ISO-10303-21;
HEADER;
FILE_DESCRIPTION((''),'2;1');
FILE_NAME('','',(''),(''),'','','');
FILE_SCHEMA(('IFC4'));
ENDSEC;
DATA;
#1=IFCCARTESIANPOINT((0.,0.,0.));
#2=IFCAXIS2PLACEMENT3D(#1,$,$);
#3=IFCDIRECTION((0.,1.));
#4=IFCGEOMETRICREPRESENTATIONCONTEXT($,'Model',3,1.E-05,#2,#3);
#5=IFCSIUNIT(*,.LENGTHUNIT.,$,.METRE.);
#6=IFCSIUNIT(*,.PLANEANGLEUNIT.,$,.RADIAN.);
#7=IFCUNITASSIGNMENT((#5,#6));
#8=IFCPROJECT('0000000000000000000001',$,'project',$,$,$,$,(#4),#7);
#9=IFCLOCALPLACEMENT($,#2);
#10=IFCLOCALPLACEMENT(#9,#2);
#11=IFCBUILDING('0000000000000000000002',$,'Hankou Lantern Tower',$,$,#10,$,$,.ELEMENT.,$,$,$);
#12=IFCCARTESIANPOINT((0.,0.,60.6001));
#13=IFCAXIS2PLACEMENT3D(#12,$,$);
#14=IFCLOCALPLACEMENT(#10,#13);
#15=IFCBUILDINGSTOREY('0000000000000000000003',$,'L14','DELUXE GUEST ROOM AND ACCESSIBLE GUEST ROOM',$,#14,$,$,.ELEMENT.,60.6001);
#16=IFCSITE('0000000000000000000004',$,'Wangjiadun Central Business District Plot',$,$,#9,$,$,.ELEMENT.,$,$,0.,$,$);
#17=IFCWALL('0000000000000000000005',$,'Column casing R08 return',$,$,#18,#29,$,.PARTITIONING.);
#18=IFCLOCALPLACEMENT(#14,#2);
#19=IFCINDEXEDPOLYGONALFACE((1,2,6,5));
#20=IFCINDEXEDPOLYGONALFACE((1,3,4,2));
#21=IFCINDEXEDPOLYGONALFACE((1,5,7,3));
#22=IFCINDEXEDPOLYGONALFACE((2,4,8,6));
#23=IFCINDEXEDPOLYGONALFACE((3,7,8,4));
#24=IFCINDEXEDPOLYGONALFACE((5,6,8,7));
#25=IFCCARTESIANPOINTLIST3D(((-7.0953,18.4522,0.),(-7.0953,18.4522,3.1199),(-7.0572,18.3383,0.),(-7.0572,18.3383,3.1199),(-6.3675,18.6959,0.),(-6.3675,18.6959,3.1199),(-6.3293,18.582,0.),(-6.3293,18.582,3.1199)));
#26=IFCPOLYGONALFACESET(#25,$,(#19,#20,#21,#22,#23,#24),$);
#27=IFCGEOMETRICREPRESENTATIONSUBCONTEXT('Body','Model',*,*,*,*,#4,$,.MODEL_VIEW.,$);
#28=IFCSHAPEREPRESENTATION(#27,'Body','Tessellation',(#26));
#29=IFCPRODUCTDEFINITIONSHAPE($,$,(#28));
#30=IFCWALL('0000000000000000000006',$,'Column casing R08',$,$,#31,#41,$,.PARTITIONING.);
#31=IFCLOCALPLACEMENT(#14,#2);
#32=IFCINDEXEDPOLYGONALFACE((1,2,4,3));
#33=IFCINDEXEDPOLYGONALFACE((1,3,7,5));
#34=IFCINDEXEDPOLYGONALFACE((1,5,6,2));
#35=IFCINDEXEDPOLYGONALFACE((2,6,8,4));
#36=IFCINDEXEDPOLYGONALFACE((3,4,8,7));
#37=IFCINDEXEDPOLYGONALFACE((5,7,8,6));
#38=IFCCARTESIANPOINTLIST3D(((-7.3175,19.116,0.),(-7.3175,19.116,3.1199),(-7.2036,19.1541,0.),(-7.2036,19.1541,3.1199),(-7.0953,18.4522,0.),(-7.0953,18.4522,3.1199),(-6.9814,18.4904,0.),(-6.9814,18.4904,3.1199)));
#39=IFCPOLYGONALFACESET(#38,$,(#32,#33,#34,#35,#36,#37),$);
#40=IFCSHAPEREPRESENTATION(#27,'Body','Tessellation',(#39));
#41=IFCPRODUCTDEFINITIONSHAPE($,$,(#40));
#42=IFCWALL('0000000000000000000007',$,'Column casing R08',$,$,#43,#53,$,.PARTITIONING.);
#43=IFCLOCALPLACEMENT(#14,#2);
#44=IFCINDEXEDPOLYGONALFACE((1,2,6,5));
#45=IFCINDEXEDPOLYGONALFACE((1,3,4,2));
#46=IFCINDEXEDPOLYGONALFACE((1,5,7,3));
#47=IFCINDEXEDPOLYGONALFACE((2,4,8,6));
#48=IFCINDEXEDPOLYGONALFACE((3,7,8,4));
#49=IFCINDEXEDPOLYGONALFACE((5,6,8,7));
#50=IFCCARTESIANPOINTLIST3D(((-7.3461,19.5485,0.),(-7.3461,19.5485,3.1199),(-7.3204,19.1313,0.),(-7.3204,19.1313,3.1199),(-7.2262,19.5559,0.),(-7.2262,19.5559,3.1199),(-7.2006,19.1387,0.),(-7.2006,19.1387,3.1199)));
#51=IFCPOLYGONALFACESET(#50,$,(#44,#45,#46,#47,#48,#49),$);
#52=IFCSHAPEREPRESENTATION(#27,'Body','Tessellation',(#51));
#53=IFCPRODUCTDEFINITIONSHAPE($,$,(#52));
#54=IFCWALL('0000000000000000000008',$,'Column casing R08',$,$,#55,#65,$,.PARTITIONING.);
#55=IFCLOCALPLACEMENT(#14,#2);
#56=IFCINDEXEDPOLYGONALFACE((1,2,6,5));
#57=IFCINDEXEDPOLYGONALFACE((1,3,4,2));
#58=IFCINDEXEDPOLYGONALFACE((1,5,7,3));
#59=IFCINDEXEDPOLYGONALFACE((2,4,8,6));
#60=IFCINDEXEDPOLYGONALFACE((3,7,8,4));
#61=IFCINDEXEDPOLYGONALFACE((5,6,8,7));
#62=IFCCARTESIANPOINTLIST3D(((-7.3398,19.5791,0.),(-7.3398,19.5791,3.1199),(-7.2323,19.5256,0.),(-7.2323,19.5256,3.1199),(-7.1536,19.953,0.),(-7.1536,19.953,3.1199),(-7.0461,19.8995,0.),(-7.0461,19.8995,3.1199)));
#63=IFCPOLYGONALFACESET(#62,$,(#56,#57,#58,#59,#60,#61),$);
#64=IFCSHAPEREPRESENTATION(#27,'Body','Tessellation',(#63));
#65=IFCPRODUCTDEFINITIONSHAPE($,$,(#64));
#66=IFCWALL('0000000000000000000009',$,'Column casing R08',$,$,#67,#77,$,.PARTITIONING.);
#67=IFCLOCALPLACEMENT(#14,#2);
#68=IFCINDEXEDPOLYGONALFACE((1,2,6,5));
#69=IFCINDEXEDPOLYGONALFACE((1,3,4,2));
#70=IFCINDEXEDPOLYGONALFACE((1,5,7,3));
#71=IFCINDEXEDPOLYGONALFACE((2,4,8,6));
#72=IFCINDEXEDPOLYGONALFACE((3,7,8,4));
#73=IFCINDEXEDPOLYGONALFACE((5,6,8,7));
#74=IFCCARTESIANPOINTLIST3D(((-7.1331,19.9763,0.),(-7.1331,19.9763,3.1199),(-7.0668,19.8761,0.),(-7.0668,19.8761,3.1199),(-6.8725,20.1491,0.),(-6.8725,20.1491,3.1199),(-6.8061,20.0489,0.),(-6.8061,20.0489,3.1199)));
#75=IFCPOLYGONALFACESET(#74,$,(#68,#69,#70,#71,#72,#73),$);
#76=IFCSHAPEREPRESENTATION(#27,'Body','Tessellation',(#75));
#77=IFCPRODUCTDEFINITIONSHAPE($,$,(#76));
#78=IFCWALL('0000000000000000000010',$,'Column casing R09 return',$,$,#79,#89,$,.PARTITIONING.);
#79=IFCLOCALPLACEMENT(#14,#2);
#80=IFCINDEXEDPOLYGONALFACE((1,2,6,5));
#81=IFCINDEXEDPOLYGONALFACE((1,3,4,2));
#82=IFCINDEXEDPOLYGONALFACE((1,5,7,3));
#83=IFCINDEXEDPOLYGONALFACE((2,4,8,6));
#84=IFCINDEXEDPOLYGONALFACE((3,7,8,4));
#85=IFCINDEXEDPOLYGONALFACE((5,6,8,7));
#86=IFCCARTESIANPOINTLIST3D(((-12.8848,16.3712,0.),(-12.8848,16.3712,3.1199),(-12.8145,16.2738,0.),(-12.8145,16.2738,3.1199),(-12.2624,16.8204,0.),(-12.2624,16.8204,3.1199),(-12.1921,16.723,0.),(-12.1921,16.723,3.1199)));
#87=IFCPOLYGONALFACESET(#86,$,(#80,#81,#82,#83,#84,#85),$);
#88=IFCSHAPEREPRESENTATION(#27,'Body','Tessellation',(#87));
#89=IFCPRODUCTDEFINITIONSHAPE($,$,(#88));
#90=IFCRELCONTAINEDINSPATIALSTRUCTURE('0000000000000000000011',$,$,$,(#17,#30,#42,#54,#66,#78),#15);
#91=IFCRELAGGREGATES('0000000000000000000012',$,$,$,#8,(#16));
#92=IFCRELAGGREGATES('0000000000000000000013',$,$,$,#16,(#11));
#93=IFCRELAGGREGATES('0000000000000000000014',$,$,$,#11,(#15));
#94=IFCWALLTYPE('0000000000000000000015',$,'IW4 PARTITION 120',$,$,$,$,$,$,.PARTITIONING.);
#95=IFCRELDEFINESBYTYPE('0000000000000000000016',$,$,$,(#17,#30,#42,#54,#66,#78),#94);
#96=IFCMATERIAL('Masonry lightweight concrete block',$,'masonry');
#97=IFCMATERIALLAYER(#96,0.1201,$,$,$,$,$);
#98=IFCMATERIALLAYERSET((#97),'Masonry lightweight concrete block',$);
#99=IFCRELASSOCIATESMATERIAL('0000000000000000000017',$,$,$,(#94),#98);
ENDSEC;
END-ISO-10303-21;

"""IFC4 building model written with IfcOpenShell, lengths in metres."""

from ifc_helpers import new_model, si_unit, direction, frame, frame_2d, origin, place, context, subcontext, project, spatial, rectangle, extrude, material, layer, layer_set, type_object, element, save


model = new_model("IFC4")

# Units and contexts
model_context = context("Model", 3, precision=1e-05, world=origin(), true_north=direction((0.0, 1.0)))
body_context = subcontext(model_context, "Body", "Model", "MODEL_VIEW")
ifc_project = project(units=[si_unit("LENGTHUNIT", "METRE"), si_unit("PLANEANGLEUNIT", "RADIAN")], contexts=[model_context])

# Site, building, storey
site_placement = place(None, origin())
site = spatial("IfcSite", under=ifc_project, at=site_placement, Name="Wangjiadun Central Business District Plot", CompositionType="ELEMENT", RefElevation=0.0)
building_placement = place(site_placement, origin())
building = spatial("IfcBuilding", under=site, at=building_placement, Name="Hankou Lantern Tower", CompositionType="ELEMENT")
storey_placement = place(building_placement, frame((0.0, 0.0, 60.6001)))
storey = spatial("IfcBuildingStorey", under=building, at=storey_placement, Name="L14", Description="DELUXE GUEST ROOM AND ACCESSIBLE GUEST ROOM", CompositionType="ELEMENT", Elevation=60.6001)

# Walls
ifc_material_1 = material(Name="Masonry lightweight concrete block", Category="masonry")
ifc_layer_1 = layer(ifc_material_1, 0.1201)
ifc_layer_set_1 = layer_set([ifc_layer_1], Name="Masonry lightweight concrete block")
wall_type_1 = type_object("IfcWallType", Name="IW4 PARTITION 120", PredefinedType="PARTITIONING", material=ifc_layer_set_1)
wall_1_placement = place(storey_placement, frame((-6.3484, 18.6389, 0.0), z_axis=(0.0, 0.0, 1.0), x_axis=(-0.948269, -0.317468, 0.0)))
element("IfcWall", 1, at=wall_1_placement, inside=storey, type_object=wall_type_1, Name="Column casing R08 return", PredefinedType="PARTITIONING", context=body_context, shape_type="SweptSolid", body=[
    extrude(rectangle(XDim=0.7676, YDim=0.1201, at=frame_2d((0.3838, 0.0))), origin(), (0.0, 0.0, 1.0), 3.1199),
])
wall_2_placement = place(storey_placement, frame((-7.0383, 18.4712, 0.0), z_axis=(0.0, 0.0, 1.0), x_axis=(-0.317378, 0.948299, 0.0)))
element("IfcWall", 2, at=wall_2_placement, inside=storey, type_object=wall_type_1, Name="Column casing R08", PredefinedType="PARTITIONING", context=body_context, shape_type="SweptSolid", body=[
    extrude(rectangle(XDim=0.7, YDim=0.1201, at=frame_2d((0.3501, 0.0))), origin(), (0.0, 0.0, 1.0), 3.1199),
])
wall_3_placement = place(storey_placement, frame((-7.2605, 19.135, 0.0), z_axis=(0.0, 0.0, 1.0), x_axis=(-0.061324, 0.998118, 0.0)))
element("IfcWall", 3, at=wall_3_placement, inside=storey, type_object=wall_type_1, Name="Column casing R08", PredefinedType="PARTITIONING", context=body_context, shape_type="SweptSolid", body=[
    extrude(rectangle(XDim=0.418, YDim=0.1201, at=frame_2d((0.209, 0.0))), origin(), (0.0, 0.0, 1.0), 3.1199),
])
wall_4_placement = place(storey_placement, frame((-7.2861, 19.5522, 0.0), z_axis=(0.0, 0.0, 1.0), x_axis=(0.445811, 0.895127, 0.0)))
element("IfcWall", 4, at=wall_4_placement, inside=storey, type_object=wall_type_1, Name="Column casing R08", PredefinedType="PARTITIONING", context=body_context, shape_type="SweptSolid", body=[
    extrude(rectangle(XDim=0.4177, YDim=0.1201, at=frame_2d((0.209, 0.0))), origin(), (0.0, 0.0, 1.0), 3.1199),
])
wall_5_placement = place(storey_placement, frame((-7.0999, 19.9263, 0.0), z_axis=(0.0, 0.0, 1.0), x_axis=(0.833488, 0.552537, 0.0)))
element("IfcWall", 5, at=wall_5_placement, inside=storey, type_object=wall_type_1, Name="Column casing R08", PredefinedType="PARTITIONING", context=body_context, shape_type="SweptSolid", body=[
    extrude(rectangle(XDim=0.3127, YDim=0.1201, at=frame_2d((0.1562, 0.0))), origin(), (0.0, 0.0, 1.0), 3.1199),
])
wall_6_placement = place(storey_placement, frame((-12.2273, 16.7717, 0.0), z_axis=(0.0, 0.0, 1.0), x_axis=(-0.810822, -0.585293, 0.0)))
element("IfcWall", 6, at=wall_6_placement, inside=storey, type_object=wall_type_1, Name="Column casing R09 return", PredefinedType="PARTITIONING", context=body_context, shape_type="SweptSolid", body=[
    extrude(rectangle(XDim=0.7676, YDim=0.1201, at=frame_2d((0.3838, 0.0))), origin(), (0.0, 0.0, 1.0), 3.1199),
])

save(model, "model.ifc")
